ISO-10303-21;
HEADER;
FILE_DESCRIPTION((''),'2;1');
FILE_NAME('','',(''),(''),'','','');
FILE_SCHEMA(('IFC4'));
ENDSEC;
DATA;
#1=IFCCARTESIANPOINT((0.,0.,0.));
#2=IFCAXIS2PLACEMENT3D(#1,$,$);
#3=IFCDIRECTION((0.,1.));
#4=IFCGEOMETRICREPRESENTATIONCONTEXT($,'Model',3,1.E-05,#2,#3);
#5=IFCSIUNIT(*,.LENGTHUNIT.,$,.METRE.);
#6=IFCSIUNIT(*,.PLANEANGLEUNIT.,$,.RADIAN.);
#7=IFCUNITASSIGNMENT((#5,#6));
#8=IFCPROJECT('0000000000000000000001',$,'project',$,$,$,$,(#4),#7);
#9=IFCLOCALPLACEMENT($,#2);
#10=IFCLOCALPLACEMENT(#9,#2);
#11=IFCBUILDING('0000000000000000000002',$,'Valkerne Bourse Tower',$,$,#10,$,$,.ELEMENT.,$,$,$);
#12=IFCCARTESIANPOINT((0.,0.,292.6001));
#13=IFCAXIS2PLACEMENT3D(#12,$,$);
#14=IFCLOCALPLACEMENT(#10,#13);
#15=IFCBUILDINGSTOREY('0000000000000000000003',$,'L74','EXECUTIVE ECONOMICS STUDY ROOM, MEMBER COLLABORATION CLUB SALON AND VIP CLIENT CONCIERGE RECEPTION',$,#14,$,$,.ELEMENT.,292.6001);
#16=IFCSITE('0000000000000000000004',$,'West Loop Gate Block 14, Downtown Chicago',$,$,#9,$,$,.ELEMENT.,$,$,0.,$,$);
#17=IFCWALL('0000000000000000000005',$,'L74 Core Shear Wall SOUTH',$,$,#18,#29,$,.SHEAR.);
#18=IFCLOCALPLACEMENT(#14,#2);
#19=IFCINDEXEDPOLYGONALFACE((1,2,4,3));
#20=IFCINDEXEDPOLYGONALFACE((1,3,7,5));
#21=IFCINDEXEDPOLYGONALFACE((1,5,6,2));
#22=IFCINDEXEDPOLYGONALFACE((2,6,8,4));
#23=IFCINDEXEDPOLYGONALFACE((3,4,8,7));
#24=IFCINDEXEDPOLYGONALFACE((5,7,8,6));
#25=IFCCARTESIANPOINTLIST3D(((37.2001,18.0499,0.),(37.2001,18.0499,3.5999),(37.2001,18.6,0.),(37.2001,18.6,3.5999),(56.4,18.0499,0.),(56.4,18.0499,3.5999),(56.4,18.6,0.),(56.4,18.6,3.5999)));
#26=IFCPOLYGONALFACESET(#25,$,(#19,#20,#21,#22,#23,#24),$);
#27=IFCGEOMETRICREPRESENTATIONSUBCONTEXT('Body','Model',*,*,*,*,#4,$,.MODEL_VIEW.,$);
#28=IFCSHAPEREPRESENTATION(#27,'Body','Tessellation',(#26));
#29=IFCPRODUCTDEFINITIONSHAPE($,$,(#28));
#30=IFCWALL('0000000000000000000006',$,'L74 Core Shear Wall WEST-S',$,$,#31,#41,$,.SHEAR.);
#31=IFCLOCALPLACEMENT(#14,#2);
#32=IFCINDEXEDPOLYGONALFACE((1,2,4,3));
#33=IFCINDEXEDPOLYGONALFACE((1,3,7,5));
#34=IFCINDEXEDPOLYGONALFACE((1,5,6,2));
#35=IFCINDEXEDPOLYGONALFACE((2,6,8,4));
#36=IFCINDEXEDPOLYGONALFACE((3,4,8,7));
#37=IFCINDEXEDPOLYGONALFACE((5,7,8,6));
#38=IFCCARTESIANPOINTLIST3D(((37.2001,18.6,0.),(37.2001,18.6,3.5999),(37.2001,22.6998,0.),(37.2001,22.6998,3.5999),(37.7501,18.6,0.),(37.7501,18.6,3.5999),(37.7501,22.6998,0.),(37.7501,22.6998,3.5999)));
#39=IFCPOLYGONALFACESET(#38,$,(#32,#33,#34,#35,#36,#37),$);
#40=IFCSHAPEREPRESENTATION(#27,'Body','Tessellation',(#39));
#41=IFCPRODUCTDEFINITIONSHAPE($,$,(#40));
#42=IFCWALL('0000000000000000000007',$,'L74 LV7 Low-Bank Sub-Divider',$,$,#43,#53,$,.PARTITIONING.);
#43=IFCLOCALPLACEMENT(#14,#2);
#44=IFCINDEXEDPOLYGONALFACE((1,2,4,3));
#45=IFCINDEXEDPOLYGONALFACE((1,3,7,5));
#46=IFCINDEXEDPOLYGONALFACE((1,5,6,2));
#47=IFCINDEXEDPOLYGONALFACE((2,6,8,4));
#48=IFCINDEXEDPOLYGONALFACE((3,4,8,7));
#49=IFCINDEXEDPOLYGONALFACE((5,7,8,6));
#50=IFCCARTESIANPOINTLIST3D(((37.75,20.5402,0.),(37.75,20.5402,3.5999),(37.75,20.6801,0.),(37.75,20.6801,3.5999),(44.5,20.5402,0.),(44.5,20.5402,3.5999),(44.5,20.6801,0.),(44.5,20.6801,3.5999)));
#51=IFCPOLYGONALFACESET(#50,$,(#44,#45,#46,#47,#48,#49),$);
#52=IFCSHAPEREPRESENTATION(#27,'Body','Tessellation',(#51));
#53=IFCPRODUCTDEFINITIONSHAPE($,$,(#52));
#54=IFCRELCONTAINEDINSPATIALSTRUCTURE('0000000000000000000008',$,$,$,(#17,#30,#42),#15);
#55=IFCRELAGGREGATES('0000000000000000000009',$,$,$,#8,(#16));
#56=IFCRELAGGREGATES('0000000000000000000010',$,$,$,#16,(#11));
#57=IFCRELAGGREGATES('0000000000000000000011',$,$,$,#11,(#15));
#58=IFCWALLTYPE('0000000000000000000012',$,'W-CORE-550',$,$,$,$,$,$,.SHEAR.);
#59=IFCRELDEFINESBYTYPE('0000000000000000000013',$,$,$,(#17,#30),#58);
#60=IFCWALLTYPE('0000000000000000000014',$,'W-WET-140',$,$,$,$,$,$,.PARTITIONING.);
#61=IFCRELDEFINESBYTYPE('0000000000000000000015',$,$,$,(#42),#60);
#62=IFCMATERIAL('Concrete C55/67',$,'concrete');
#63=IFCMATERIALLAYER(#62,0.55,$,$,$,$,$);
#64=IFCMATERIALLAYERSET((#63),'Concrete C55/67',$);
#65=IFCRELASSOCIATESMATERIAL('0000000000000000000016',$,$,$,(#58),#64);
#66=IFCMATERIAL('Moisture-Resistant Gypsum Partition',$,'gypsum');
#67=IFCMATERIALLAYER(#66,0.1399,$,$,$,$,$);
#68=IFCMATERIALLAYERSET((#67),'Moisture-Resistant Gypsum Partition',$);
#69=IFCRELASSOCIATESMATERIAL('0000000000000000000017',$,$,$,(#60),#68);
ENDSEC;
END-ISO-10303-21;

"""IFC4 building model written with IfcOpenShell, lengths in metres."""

from ifc_helpers import new_model, si_unit, direction, frame, frame_2d, origin, place, context, subcontext, project, spatial, rectangle, extrude, material, layer, layer_set, type_object, element, save


model = new_model("IFC4")

# Units and contexts
model_context = context("Model", 3, precision=1e-05, world=origin(), true_north=direction((0.0, 1.0)))
body_context = subcontext(model_context, "Body", "Model", "MODEL_VIEW")
ifc_project = project(units=[si_unit("LENGTHUNIT", "METRE"), si_unit("PLANEANGLEUNIT", "RADIAN")], contexts=[model_context])

# Site, building, storey
site_placement = place(None, origin())
site = spatial("IfcSite", under=ifc_project, at=site_placement, Name="West Loop Gate Block 14, Downtown Chicago", CompositionType="ELEMENT", RefElevation=0.0)
building_placement = place(site_placement, origin())
building = spatial("IfcBuilding", under=site, at=building_placement, Name="Valkerne Bourse Tower", CompositionType="ELEMENT")
storey_placement = place(building_placement, frame((0.0, 0.0, 292.6001)))
storey = spatial("IfcBuildingStorey", under=building, at=storey_placement, Name="L74", Description="EXECUTIVE ECONOMICS STUDY ROOM, MEMBER COLLABORATION CLUB SALON AND VIP CLIENT CONCIERGE RECEPTION", CompositionType="ELEMENT", Elevation=292.6001)

# Walls
ifc_material_1 = material(Name="Concrete C55/67", Category="concrete")
ifc_layer_1 = layer(ifc_material_1, 0.55)
ifc_layer_set_1 = layer_set([ifc_layer_1], Name="Concrete C55/67")
wall_type_1 = type_object("IfcWallType", Name="W-CORE-550", PredefinedType="SHEAR", material=ifc_layer_set_1)
wall_1_placement = place(storey_placement, frame((37.2, 18.325, 0.0), z_axis=(0.0, 0.0, 1.0), x_axis=(1.0, 0.0, 0.0)))
element("IfcWall", 1, at=wall_1_placement, inside=storey, type_object=wall_type_1, Name="L74 Core Shear Wall SOUTH", PredefinedType="SHEAR", context=body_context, shape_type="SweptSolid", body=[
    extrude(rectangle(XDim=19.2, YDim=0.55, at=frame_2d((9.6001, 0.0))), origin(), (0.0, 0.0, 1.0), 3.5999),
])
wall_2_placement = place(storey_placement, frame((37.4751, 18.6001, 0.0), z_axis=(0.0, 0.0, 1.0), x_axis=(0.0, 1.0, 0.0)))
element("IfcWall", 2, at=wall_2_placement, inside=storey, type_object=wall_type_1, Name="L74 Core Shear Wall WEST-S", PredefinedType="SHEAR", context=body_context, shape_type="SweptSolid", body=[
    extrude(rectangle(XDim=4.0999, YDim=0.55, at=frame_2d((2.0498, 0.0))), origin(), (0.0, 0.0, 1.0), 3.5999),
])
ifc_material_2 = material(Name="Moisture-Resistant Gypsum Partition", Category="gypsum")
ifc_layer_2 = layer(ifc_material_2, 0.1399)
ifc_layer_set_2 = layer_set([ifc_layer_2], Name="Moisture-Resistant Gypsum Partition")
wall_type_2 = type_object("IfcWallType", Name="W-WET-140", PredefinedType="PARTITIONING", material=ifc_layer_set_2)
wall_3_placement = place(storey_placement, frame((37.75, 20.6101, 0.0), z_axis=(0.0, 0.0, 1.0), x_axis=(1.0, 0.0, 0.0)))
element("IfcWall", 3, at=wall_3_placement, inside=storey, type_object=wall_type_2, Name="L74 LV7 Low-Bank Sub-Divider", PredefinedType="PARTITIONING", context=body_context, shape_type="SweptSolid", body=[
    extrude(rectangle(XDim=6.75, YDim=0.1399, at=frame_2d((3.375, 0.0))), origin(), (0.0, 0.0, 1.0), 3.5999),
])

save(model, "model.ifc")
